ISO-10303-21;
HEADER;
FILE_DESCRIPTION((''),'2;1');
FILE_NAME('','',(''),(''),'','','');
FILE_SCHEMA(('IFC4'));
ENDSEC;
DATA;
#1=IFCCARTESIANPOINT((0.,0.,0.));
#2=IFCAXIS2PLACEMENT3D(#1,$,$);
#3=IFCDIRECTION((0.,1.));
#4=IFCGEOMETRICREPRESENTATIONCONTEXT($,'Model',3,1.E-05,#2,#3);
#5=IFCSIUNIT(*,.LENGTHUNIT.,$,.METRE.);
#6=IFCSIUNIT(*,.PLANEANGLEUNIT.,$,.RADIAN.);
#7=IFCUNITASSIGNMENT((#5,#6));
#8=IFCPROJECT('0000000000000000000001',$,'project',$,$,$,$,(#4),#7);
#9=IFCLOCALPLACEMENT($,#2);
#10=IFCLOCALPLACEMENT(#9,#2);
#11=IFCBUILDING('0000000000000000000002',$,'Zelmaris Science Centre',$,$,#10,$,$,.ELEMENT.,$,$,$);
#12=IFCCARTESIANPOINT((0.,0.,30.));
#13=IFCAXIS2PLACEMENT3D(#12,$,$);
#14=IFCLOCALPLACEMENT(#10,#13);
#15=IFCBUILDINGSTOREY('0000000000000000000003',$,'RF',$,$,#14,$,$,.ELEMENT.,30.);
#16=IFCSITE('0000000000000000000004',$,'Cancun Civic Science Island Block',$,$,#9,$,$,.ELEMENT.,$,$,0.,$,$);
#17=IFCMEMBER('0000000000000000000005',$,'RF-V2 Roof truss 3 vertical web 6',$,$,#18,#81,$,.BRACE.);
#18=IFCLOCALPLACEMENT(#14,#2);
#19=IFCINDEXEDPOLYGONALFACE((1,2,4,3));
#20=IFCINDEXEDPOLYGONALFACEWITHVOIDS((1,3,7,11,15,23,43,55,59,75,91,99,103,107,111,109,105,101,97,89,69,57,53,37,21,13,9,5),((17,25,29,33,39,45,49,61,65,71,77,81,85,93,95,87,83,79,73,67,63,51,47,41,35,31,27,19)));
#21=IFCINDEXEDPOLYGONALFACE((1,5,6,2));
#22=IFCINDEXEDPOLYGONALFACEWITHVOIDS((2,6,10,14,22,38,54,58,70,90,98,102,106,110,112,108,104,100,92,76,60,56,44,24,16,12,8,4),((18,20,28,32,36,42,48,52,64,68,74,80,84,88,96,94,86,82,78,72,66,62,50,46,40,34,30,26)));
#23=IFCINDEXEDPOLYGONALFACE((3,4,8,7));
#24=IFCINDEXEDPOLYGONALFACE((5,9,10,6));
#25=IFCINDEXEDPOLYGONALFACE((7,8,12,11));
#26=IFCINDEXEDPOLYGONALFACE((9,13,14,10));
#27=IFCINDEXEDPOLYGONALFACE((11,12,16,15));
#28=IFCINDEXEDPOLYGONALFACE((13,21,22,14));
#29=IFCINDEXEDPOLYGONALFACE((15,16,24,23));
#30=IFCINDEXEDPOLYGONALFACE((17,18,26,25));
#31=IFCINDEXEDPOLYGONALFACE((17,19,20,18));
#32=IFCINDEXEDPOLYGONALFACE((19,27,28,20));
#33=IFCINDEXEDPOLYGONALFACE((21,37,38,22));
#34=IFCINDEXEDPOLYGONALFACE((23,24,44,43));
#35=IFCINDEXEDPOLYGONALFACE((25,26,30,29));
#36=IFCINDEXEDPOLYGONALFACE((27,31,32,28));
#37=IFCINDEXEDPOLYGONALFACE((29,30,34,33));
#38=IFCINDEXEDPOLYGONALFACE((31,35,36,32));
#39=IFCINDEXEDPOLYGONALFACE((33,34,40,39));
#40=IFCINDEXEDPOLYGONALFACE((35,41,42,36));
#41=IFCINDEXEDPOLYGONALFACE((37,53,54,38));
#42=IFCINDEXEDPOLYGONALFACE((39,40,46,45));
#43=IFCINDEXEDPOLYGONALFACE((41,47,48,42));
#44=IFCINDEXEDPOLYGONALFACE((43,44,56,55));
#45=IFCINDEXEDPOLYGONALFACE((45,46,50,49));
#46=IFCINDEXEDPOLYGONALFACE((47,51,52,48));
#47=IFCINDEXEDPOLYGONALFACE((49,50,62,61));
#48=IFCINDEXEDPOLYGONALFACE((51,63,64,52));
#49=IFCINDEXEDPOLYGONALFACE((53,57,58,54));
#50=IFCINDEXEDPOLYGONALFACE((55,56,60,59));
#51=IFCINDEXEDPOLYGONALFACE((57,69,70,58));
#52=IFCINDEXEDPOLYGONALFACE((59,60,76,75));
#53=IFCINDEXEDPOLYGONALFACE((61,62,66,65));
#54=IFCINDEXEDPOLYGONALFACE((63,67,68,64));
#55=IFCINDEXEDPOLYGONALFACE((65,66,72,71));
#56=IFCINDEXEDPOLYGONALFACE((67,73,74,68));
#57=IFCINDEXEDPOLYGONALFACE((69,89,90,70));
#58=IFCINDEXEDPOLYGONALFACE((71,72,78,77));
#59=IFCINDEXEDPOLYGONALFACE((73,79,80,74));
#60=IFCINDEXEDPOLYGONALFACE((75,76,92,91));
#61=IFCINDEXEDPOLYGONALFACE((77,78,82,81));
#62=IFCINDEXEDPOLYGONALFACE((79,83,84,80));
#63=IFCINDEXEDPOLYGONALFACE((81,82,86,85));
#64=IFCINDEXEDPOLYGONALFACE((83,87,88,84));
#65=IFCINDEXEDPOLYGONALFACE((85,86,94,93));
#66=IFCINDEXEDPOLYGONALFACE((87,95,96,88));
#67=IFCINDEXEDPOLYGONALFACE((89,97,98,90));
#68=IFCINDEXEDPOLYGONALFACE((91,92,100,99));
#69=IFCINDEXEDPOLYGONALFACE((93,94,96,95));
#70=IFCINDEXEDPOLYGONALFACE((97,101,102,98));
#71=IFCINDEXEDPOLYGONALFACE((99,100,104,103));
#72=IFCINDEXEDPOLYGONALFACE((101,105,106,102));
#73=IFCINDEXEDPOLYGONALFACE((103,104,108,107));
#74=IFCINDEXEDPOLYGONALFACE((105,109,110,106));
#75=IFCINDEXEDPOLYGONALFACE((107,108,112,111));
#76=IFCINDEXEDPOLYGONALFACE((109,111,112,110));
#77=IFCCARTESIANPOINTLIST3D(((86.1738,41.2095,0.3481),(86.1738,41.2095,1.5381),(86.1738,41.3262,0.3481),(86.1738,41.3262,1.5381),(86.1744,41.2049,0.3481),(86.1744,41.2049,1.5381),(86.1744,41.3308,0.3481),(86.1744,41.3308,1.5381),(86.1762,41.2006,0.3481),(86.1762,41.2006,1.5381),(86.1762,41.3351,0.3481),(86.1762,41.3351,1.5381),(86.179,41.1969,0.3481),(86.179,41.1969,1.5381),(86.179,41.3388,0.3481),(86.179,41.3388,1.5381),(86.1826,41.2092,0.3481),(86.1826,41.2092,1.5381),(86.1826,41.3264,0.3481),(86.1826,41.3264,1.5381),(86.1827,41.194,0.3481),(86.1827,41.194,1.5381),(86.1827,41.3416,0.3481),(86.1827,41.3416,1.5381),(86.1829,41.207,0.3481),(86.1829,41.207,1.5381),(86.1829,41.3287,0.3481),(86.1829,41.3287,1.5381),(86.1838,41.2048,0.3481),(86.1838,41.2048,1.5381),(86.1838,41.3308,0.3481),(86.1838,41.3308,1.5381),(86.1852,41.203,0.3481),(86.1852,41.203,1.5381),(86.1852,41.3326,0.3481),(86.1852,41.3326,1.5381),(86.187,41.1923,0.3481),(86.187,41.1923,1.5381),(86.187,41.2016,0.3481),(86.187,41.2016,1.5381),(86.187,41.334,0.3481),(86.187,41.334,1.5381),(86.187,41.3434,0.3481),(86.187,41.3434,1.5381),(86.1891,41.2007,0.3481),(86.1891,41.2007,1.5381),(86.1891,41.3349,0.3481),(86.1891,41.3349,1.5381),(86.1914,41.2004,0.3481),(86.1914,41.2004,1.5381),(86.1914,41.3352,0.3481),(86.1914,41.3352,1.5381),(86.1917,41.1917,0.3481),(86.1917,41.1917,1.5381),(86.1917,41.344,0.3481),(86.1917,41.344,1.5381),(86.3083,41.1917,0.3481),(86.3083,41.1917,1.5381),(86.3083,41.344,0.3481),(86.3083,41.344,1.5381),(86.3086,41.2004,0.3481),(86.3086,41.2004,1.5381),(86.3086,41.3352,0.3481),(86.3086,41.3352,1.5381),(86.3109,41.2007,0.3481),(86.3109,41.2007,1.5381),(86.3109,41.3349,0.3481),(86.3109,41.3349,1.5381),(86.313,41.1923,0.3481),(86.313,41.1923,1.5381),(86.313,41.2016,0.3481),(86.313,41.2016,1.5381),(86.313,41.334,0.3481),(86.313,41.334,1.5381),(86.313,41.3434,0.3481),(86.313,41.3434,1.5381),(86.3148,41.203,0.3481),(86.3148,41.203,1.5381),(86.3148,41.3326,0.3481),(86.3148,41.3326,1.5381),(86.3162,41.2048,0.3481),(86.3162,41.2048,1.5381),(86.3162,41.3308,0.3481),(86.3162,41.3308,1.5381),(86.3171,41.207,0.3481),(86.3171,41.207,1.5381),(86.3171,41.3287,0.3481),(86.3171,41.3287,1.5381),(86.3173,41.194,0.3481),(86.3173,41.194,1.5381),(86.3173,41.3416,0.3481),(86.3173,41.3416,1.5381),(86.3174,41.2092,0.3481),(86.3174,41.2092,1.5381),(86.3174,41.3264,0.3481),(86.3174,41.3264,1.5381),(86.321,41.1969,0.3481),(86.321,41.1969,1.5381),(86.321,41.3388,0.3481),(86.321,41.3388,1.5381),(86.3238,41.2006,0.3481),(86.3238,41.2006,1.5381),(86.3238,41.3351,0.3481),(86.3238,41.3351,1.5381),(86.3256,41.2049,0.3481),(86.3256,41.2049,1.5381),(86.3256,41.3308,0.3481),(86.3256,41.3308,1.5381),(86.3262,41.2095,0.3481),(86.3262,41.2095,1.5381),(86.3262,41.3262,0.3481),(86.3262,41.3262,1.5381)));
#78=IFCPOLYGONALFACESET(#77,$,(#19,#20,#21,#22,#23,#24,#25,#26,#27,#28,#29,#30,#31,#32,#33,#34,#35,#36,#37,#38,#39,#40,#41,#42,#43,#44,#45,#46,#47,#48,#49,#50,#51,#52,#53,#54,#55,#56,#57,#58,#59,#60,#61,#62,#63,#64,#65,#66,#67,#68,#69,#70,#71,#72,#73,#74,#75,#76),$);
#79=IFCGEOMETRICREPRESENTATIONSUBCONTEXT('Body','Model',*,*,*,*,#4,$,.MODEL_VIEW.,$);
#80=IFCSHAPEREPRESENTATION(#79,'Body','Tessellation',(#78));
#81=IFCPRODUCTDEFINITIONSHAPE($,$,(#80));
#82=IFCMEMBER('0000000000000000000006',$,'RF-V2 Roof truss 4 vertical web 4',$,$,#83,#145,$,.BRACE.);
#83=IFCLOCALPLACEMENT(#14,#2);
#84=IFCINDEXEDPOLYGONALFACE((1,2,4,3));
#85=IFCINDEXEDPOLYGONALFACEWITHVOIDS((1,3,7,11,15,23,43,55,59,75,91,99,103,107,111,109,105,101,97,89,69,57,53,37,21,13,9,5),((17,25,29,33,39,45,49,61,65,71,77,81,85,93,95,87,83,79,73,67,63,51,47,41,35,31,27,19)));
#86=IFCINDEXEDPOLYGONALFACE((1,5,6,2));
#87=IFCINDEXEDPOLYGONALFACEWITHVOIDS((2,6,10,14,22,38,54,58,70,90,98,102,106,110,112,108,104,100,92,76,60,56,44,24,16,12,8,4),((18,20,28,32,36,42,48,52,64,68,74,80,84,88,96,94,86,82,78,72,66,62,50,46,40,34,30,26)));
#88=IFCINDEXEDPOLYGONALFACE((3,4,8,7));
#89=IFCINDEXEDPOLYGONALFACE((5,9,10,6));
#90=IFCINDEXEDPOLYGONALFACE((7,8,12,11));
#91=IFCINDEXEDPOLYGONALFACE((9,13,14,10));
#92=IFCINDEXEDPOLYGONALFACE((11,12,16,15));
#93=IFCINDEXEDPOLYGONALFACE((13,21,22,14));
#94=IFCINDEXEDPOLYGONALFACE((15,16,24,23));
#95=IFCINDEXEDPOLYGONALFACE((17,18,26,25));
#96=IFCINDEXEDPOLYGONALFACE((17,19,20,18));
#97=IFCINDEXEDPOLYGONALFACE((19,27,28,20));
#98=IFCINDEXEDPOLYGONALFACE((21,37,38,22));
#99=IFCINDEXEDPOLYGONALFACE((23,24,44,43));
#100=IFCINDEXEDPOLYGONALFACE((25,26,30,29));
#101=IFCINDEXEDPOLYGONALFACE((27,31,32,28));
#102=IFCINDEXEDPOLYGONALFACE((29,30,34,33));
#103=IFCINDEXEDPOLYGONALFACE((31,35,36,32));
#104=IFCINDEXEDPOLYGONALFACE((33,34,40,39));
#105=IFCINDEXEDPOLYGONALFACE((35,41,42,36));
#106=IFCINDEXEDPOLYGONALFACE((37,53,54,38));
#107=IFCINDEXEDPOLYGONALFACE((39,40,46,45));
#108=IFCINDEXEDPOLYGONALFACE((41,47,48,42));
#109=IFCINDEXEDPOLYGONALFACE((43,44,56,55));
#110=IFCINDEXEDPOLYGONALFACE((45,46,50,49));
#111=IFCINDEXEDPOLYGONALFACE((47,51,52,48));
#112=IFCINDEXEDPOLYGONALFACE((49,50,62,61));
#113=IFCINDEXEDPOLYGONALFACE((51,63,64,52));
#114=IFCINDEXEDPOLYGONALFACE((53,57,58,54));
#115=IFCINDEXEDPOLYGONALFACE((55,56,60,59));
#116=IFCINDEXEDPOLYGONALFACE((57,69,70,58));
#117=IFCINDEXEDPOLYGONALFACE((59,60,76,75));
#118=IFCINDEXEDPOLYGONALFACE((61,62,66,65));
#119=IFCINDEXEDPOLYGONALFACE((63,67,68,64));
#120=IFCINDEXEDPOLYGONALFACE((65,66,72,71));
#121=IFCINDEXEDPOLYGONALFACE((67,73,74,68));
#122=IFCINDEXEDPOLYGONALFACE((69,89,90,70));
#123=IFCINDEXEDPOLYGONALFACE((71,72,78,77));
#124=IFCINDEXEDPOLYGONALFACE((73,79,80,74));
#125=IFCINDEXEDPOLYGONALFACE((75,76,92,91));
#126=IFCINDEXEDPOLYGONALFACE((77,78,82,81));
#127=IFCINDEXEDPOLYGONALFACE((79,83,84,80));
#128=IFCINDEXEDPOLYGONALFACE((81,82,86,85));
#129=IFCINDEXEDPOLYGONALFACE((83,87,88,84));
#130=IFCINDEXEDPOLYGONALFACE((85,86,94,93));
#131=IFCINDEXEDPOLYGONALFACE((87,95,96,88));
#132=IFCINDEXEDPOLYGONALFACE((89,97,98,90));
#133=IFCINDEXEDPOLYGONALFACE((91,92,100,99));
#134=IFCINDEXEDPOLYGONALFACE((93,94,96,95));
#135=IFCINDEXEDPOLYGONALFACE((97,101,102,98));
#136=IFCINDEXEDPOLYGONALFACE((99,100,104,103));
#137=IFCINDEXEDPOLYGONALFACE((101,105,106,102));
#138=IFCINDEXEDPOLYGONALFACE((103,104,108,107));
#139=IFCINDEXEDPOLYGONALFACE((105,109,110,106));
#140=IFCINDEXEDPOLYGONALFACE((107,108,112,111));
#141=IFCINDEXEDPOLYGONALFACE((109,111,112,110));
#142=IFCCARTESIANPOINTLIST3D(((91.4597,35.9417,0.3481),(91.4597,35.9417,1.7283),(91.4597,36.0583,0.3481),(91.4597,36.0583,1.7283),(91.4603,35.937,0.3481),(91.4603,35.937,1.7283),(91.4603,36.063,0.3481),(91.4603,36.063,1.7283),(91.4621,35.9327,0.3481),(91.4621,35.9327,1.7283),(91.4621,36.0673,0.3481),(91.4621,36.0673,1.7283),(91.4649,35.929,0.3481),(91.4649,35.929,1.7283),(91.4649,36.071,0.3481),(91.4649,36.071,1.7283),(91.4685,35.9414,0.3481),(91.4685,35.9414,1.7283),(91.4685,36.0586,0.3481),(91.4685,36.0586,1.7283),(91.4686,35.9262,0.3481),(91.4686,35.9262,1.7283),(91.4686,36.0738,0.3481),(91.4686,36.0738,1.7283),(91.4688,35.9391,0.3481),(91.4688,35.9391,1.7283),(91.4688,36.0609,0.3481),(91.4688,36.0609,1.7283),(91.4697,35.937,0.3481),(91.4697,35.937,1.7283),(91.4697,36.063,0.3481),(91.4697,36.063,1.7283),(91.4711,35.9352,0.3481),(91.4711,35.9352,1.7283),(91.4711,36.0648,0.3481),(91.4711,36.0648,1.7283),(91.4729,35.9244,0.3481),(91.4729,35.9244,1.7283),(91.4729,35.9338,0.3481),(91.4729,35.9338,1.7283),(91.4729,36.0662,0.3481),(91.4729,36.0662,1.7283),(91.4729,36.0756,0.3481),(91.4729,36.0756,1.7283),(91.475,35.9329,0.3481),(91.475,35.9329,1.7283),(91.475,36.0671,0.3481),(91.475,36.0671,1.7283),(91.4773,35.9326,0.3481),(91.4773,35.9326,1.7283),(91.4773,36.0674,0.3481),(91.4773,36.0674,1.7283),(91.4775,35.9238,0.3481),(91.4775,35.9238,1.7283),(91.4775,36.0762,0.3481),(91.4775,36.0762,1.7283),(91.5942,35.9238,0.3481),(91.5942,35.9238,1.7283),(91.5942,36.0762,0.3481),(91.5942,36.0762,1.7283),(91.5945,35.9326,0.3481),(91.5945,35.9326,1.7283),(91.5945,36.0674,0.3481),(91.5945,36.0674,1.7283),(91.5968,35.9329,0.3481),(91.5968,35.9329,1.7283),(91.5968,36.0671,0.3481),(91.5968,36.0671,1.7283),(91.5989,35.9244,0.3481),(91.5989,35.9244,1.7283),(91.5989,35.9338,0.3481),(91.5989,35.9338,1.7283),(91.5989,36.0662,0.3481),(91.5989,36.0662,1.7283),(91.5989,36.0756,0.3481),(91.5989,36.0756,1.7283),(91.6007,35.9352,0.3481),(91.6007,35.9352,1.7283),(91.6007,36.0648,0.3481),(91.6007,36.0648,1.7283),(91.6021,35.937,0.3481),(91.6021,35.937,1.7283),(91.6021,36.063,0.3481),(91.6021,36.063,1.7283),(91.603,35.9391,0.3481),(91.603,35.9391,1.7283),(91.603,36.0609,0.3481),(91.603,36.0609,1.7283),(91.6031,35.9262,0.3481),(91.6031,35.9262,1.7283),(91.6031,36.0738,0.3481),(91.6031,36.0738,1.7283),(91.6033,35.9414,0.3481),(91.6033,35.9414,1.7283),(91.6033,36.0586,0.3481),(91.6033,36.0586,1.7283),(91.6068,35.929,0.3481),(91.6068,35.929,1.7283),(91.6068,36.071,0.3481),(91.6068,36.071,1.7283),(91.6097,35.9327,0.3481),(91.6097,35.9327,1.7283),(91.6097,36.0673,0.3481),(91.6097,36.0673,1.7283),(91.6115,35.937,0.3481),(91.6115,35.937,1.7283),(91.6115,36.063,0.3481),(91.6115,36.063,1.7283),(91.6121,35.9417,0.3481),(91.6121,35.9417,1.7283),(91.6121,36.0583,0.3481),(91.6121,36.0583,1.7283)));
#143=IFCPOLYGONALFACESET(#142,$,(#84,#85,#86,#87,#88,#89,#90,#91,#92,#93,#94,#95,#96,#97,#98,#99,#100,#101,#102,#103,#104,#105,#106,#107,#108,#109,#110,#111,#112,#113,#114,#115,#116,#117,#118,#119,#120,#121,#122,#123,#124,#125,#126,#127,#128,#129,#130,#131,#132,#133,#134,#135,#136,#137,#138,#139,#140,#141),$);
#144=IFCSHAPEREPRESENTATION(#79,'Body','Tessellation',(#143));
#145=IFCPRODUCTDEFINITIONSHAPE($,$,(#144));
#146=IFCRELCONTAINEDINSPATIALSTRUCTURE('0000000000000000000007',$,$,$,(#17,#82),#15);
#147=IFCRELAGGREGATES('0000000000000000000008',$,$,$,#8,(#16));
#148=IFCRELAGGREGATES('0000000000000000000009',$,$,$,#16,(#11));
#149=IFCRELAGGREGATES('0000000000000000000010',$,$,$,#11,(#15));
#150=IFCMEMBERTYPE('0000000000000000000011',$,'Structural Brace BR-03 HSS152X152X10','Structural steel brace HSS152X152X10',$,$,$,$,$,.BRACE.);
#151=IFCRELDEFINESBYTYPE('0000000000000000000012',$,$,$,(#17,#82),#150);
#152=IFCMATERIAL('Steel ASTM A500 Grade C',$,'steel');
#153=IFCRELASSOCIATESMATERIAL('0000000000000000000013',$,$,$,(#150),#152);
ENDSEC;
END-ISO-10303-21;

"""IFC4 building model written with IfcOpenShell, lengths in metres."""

from ifc_helpers import new_model, si_unit, direction, frame, origin, origin_2d, place, context, subcontext, project, spatial, hollow_rectangle, extrude, material, material_profile, profile_set, type_object, element, save


model = new_model("IFC4")

# Units and contexts
model_context = context("Model", 3, precision=1e-05, world=origin(), true_north=direction((0.0, 1.0)))
body_context = subcontext(model_context, "Body", "Model", "MODEL_VIEW")
ifc_project = project(units=[si_unit("LENGTHUNIT", "METRE"), si_unit("PLANEANGLEUNIT", "RADIAN")], contexts=[model_context])

# Site, building, storey
site_placement = place(None, origin())
site = spatial("IfcSite", under=ifc_project, at=site_placement, Name="Cancun Civic Science Island Block", CompositionType="ELEMENT", RefElevation=0.0)
building_placement = place(site_placement, origin())
building = spatial("IfcBuilding", under=site, at=building_placement, Name="Zelmaris Science Centre", CompositionType="ELEMENT")
storey_placement = place(building_placement, frame((0.0, 0.0, 30.0)))
storey = spatial("IfcBuildingStorey", under=building, at=storey_placement, Name="RF", CompositionType="ELEMENT", Elevation=30.0)

# Shared definitions
ifc_material_1 = material(Name="Steel ASTM A500 Grade C", Category="steel")

# Members
ifc_material_profile_1 = material_profile(ifc_material_1, hollow_rectangle(XDim=0.1523, YDim=0.1523, WallThickness=0.0088, InnerFilletRadius=0.0088, OuterFilletRadius=0.0178, at=origin_2d()), Name="HSS152X152X10")
ifc_profile_set_1 = profile_set([ifc_material_profile_1], Name="Steel ASTM A500 Grade C")
member_type_1 = type_object("IfcMemberType", Name="Structural Brace BR-03 HSS152X152X10", Description="Structural steel brace HSS152X152X10", PredefinedType="BRACE", material=ifc_profile_set_1)
member_1_placement = place(storey_placement, frame((86.25, 41.2678, 0.3481), z_axis=(0.0, 0.0, 1.0), x_axis=(1.0, 0.0, 0.0)))
element("IfcMember", 1, at=member_1_placement, inside=storey, type_object=member_type_1, Name="RF-V2 Roof truss 3 vertical web 6", PredefinedType="BRACE", context=body_context, shape_type="SweptSolid", body=[
    extrude(hollow_rectangle(XDim=0.1523, YDim=0.1523, WallThickness=0.0088, InnerFilletRadius=0.0088, OuterFilletRadius=0.0178, at=origin_2d()), origin(), (0.0, 0.0, 1.0), 1.1899),
])
member_2_placement = place(storey_placement, frame((91.5359, 36.0, 0.3481), z_axis=(0.0, 0.0, 1.0), x_axis=(1.0, 0.0, 0.0)))
element("IfcMember", 2, at=member_2_placement, inside=storey, type_object=member_type_1, Name="RF-V2 Roof truss 4 vertical web 4", PredefinedType="BRACE", context=body_context, shape_type="SweptSolid", body=[
    extrude(hollow_rectangle(XDim=0.1523, YDim=0.1523, WallThickness=0.0088, InnerFilletRadius=0.0088, OuterFilletRadius=0.0178, at=origin_2d()), origin(), (0.0, 0.0, 1.0), 1.3801),
])

save(model, "model.ifc")
